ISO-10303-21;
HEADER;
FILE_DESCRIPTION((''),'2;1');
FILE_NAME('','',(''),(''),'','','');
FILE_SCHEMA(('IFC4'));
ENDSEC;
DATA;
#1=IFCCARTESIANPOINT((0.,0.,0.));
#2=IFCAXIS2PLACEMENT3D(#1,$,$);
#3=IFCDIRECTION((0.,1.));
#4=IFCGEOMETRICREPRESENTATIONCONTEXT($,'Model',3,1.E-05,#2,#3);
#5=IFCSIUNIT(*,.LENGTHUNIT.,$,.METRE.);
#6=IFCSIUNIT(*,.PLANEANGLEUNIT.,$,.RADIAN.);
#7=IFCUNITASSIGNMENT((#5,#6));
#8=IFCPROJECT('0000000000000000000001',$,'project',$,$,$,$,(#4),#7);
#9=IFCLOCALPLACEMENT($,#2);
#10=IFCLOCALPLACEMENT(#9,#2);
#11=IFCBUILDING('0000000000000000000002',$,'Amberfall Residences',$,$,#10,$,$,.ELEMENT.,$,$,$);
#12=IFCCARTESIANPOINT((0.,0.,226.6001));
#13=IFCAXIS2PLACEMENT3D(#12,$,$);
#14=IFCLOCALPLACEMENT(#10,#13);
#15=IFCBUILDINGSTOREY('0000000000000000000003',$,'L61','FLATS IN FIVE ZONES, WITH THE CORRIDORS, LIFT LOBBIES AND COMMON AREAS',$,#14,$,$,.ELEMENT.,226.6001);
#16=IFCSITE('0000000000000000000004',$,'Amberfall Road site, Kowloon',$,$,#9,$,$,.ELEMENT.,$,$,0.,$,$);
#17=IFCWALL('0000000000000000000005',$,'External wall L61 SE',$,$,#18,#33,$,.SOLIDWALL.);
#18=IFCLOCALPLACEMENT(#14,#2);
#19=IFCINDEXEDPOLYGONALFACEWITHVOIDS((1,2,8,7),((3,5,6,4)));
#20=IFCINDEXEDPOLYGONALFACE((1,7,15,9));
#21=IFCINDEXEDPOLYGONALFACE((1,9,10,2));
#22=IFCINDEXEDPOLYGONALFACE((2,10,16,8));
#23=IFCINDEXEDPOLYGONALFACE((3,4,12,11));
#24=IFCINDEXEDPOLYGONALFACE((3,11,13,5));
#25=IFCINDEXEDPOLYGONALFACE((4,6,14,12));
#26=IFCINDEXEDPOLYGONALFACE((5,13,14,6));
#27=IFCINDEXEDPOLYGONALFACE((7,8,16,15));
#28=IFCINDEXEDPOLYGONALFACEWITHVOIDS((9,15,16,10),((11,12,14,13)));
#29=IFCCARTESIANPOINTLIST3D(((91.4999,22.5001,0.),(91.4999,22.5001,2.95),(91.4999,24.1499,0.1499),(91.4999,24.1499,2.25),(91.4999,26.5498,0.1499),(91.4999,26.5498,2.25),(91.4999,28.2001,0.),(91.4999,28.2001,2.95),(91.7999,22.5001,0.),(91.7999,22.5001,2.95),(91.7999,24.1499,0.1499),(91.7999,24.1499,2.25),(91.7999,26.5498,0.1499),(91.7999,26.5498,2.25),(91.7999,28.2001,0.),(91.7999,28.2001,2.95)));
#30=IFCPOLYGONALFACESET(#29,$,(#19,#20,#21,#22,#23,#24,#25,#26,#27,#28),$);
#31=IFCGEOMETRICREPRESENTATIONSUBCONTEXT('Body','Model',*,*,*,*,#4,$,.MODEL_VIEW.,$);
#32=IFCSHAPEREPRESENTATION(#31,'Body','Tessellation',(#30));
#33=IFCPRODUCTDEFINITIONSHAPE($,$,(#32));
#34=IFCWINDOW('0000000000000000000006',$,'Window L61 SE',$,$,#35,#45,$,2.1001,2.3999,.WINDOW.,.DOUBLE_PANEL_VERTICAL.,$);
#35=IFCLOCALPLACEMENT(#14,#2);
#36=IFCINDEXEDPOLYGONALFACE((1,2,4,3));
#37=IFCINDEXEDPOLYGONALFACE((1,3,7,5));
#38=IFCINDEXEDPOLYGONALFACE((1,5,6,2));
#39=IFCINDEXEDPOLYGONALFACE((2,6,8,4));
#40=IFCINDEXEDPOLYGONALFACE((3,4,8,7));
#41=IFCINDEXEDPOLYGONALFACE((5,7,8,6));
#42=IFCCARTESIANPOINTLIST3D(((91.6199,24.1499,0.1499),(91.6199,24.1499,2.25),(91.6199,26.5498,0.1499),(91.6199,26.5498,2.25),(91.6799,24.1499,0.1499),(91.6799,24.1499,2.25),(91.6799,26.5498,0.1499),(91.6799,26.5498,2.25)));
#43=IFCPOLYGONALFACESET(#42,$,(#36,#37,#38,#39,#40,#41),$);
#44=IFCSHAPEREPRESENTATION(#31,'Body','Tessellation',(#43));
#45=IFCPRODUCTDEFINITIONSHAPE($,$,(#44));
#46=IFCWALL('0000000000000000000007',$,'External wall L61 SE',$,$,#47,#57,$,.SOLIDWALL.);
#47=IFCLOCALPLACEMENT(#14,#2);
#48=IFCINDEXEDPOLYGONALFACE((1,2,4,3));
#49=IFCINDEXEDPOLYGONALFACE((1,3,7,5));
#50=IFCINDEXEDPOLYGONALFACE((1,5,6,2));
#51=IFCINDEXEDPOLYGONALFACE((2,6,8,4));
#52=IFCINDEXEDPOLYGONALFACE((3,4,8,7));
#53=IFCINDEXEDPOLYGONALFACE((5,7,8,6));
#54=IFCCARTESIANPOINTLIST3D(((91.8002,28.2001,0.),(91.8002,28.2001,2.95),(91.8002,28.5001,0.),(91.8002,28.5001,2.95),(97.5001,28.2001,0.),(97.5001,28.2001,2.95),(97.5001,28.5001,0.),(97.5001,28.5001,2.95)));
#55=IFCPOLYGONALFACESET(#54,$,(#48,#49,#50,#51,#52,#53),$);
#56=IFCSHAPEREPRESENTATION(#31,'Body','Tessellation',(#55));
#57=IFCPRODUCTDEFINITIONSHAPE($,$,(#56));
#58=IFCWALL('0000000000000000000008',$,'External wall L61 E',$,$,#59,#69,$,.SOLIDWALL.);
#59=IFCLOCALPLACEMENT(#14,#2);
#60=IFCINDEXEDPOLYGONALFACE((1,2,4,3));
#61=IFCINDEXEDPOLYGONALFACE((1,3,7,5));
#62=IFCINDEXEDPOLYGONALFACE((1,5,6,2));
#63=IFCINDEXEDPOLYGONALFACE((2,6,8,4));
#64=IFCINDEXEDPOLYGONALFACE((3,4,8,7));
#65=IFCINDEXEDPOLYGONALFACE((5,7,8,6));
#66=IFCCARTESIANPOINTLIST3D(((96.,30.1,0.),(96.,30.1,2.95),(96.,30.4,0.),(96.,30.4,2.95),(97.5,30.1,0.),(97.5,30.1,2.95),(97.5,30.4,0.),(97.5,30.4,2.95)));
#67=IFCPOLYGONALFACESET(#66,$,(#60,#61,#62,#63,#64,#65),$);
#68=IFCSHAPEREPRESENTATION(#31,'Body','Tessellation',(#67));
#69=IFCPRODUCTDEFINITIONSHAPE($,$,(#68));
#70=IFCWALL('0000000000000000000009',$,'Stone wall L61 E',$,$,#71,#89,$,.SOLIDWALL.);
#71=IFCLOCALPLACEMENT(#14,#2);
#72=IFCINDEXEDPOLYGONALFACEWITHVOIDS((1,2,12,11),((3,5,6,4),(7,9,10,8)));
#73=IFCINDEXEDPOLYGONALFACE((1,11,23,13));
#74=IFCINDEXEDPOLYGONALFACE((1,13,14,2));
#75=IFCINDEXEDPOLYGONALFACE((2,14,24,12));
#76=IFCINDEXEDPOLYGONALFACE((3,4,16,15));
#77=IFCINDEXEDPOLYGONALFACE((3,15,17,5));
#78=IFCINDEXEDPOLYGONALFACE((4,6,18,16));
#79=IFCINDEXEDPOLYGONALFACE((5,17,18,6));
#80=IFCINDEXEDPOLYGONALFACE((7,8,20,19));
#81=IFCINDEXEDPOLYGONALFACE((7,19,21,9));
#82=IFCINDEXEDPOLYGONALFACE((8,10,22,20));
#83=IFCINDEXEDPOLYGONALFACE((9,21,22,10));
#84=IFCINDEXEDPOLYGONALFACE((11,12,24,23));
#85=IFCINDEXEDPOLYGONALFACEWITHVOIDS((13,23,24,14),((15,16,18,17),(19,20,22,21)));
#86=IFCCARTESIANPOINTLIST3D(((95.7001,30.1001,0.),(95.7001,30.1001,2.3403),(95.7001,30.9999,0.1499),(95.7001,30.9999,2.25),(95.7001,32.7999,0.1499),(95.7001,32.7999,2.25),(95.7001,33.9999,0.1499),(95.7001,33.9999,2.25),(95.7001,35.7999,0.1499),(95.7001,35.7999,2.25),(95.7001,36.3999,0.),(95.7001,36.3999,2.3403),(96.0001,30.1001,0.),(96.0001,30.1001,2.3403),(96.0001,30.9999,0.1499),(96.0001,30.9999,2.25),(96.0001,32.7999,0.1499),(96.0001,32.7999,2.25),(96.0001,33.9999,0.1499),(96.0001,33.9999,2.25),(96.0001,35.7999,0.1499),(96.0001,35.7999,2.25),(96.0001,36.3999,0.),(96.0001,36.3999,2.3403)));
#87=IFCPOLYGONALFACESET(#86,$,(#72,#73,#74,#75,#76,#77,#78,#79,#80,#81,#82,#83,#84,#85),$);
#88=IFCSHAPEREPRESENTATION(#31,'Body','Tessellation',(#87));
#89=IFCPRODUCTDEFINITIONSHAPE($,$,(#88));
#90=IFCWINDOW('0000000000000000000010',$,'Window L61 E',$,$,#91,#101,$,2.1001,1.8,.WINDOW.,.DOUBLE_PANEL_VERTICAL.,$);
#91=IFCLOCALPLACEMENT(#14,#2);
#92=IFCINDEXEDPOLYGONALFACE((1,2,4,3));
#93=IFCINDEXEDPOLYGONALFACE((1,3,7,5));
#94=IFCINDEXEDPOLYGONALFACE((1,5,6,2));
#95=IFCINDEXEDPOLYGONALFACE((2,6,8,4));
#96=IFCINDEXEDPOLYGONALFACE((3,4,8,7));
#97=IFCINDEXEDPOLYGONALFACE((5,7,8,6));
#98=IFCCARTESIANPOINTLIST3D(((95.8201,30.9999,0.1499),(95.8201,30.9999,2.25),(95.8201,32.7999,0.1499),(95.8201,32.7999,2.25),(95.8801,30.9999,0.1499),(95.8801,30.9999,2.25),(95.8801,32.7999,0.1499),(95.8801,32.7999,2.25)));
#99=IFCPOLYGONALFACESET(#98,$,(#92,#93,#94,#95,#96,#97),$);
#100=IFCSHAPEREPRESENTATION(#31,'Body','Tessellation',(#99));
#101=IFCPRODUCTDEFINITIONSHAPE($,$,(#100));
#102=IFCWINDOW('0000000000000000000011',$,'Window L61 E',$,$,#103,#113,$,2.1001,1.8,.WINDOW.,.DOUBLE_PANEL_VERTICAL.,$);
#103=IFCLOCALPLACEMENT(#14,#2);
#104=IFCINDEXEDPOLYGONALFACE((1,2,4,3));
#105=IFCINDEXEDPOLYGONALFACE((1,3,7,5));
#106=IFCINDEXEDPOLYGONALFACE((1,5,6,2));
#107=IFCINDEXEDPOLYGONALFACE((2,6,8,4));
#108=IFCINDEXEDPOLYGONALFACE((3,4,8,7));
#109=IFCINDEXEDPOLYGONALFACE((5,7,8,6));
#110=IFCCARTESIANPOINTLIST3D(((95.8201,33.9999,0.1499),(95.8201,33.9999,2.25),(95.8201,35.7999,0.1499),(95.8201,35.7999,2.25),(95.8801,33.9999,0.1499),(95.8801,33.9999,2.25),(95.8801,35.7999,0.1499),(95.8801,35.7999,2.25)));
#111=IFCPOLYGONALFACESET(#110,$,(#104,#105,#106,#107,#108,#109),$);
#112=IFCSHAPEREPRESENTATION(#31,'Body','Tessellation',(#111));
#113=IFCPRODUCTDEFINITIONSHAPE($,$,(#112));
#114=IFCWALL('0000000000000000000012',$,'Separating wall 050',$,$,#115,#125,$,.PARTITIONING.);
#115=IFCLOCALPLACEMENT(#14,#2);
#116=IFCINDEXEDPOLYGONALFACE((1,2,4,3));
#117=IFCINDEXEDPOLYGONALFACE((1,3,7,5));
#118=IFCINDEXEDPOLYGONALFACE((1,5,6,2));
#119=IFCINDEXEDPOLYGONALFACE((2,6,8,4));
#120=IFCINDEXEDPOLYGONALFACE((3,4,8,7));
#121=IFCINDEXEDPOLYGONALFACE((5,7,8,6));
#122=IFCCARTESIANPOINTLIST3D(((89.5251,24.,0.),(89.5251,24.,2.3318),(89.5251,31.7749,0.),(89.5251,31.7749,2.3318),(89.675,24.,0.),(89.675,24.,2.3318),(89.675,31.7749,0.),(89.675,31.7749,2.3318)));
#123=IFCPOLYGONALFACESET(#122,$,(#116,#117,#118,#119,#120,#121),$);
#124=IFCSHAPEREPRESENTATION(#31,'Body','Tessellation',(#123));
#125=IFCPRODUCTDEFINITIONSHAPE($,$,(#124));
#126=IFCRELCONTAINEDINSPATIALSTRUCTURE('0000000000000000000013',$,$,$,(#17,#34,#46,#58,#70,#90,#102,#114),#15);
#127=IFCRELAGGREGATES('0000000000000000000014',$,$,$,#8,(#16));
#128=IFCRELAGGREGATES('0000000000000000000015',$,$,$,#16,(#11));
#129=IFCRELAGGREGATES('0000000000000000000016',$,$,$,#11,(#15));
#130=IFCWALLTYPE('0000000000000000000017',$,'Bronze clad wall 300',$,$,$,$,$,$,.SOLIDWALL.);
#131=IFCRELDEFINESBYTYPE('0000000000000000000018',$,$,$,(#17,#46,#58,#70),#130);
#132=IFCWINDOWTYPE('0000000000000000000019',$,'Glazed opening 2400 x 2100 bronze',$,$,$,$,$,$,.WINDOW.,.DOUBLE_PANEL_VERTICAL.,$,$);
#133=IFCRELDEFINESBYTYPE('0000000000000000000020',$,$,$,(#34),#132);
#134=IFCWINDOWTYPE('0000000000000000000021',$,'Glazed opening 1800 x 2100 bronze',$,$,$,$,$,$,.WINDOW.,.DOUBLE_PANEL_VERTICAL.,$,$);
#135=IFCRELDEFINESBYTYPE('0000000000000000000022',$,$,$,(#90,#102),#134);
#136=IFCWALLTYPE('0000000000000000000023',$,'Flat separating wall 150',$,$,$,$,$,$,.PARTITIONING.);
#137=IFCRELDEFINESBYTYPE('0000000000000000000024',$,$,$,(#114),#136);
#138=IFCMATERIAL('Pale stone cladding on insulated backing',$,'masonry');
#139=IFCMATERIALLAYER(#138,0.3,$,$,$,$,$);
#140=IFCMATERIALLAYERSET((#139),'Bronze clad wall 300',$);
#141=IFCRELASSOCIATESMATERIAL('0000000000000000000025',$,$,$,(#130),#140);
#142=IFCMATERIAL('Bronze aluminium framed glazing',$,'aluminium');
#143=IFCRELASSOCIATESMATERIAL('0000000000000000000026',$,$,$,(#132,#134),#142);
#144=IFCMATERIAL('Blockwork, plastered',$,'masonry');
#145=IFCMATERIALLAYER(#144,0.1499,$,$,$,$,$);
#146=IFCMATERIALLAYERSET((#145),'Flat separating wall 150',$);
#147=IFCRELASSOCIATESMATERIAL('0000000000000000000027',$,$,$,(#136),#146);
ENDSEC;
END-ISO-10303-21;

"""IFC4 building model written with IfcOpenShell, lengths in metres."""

from ifc_helpers import new_model, si_unit, direction, frame, frame_2d, origin, place, context, subcontext, project, spatial, rectangle, extrude, material, layer, layer_set, type_object, element, fill, save


model = new_model("IFC4")

# Units and contexts
model_context = context("Model", 3, precision=1e-05, world=origin(), true_north=direction((0.0, 1.0)))
body_context = subcontext(model_context, "Body", "Model", "MODEL_VIEW")
ifc_project = project(units=[si_unit("LENGTHUNIT", "METRE"), si_unit("PLANEANGLEUNIT", "RADIAN")], contexts=[model_context])

# Site, building, storey
site_placement = place(None, origin())
site = spatial("IfcSite", under=ifc_project, at=site_placement, Name="Amberfall Road site, Kowloon", CompositionType="ELEMENT", RefElevation=0.0)
building_placement = place(site_placement, origin())
building = spatial("IfcBuilding", under=site, at=building_placement, Name="Amberfall Residences", CompositionType="ELEMENT")
storey_placement = place(building_placement, frame((0.0, 0.0, 226.6001)))
storey = spatial("IfcBuildingStorey", under=building, at=storey_placement, Name="L61", Description="FLATS IN FIVE ZONES, WITH THE CORRIDORS, LIFT LOBBIES AND COMMON AREAS", CompositionType="ELEMENT", Elevation=226.6001)

# Shared definitions
ifc_material_1 = material(Name="Pale stone cladding on insulated backing", Category="masonry")
ifc_layer_1 = layer(ifc_material_1, 0.3)
ifc_layer_set_1 = layer_set([ifc_layer_1], Name="Bronze clad wall 300")
wall_type_1 = type_object("IfcWallType", Name="Bronze clad wall 300", PredefinedType="SOLIDWALL", material=ifc_layer_set_1)

# Wall, opening, window
wall_1_placement = place(storey_placement, frame((91.6499, 22.5, 0.0), z_axis=(0.0, 0.0, 1.0), x_axis=(0.0, 1.0, 0.0)))
wall_1 = element("IfcWall", 1, at=wall_1_placement, inside=storey, type_object=wall_type_1, Name="External wall L61 SE", PredefinedType="SOLIDWALL", context=body_context, shape_type="SweptSolid", body=[
    extrude(rectangle(XDim=5.7, YDim=0.3, at=frame_2d((2.8501, 0.0))), origin(), (0.0, 0.0, 1.0), 2.95),
])
opening_1_placement = place(wall_1_placement, frame((1.6499, 0.0, 0.1499)))
opening_1 = element("IfcOpeningElement", 2, at=opening_1_placement, cuts=wall_1, PredefinedType="OPENING", context=body_context, shape_type="SweptSolid", body=[
    extrude(rectangle(XDim=2.3999, YDim=2.1001, at=frame_2d((1.2, 1.05))), frame((0.0, 0.1599, 0.0), z_axis=(0.0, -1.0, 0.0), x_axis=(1.0, 0.0, 0.0)), (0.0, 0.0, 1.0), 0.3201),
])
ifc_material_2 = material(Name="Bronze aluminium framed glazing", Category="aluminium")
window_type_1 = type_object("IfcWindowType", Name="Glazed opening 2400 x 2100 bronze", PartitioningType="DOUBLE_PANEL_VERTICAL", PredefinedType="WINDOW", material=ifc_material_2)
window_1_placement = place(opening_1_placement, origin())
window_1 = element("IfcWindow", 3, at=window_1_placement, inside=storey, type_object=window_type_1, Name="Window L61 SE", OverallHeight=2.1001, OverallWidth=2.3999, PartitioningType="DOUBLE_PANEL_VERTICAL", PredefinedType="WINDOW", context=body_context, shape_type="SweptSolid", body=[
    extrude(rectangle(XDim=2.3999, YDim=2.1001, at=frame_2d((1.2, 1.05))), frame((0.0, 0.03, 0.0), z_axis=(0.0, -1.0, 0.0), x_axis=(1.0, 0.0, 0.0)), (0.0, 0.0, 1.0), 0.0601),
])
fill(opening_1, window_1)

# Walls
wall_2_placement = place(storey_placement, frame((91.8, 28.3501, 0.0), z_axis=(0.0, 0.0, 1.0), x_axis=(1.0, 0.0, 0.0)))
element("IfcWall", 4, at=wall_2_placement, inside=storey, type_object=wall_type_1, Name="External wall L61 SE", PredefinedType="SOLIDWALL", context=body_context, shape_type="SweptSolid", body=[
    extrude(rectangle(XDim=5.7, YDim=0.3, at=frame_2d((2.8501, 0.0))), origin(), (0.0, 0.0, 1.0), 2.95),
])
wall_3_placement = place(storey_placement, frame((97.5, 30.25, 0.0), z_axis=(0.0, 0.0, 1.0), x_axis=(-1.0, 0.0, 0.0)))
element("IfcWall", 5, at=wall_3_placement, inside=storey, type_object=wall_type_1, Name="External wall L61 E", PredefinedType="SOLIDWALL", context=body_context, shape_type="SweptSolid", body=[
    extrude(rectangle(XDim=1.5, YDim=0.3, at=frame_2d((0.75, 0.0))), origin(), (0.0, 0.0, 1.0), 2.95),
])

# Wall, openings, windows
wall_4_placement = place(storey_placement, frame((95.8501, 30.1001, 0.0), z_axis=(0.0, 0.0, 1.0), x_axis=(0.0, 1.0, 0.0)))
wall_4 = element("IfcWall", 6, at=wall_4_placement, inside=storey, type_object=wall_type_1, Name="Stone wall L61 E", PredefinedType="SOLIDWALL", context=body_context, shape_type="SweptSolid", body=[
    extrude(rectangle(XDim=6.2998, YDim=0.3, at=frame_2d((3.1499, 0.0))), origin(), (0.0, 0.0, 1.0), 2.3403),
])
opening_2_placement = place(wall_4_placement, frame((0.8999, 0.0, 0.1499)))
opening_2 = element("IfcOpeningElement", 7, at=opening_2_placement, cuts=wall_4, PredefinedType="OPENING", context=body_context, shape_type="SweptSolid", body=[
    extrude(rectangle(XDim=1.8, YDim=2.1001, at=frame_2d((0.8999, 1.05))), frame((0.0, 0.1599, 0.0), z_axis=(0.0, -1.0, 0.0), x_axis=(1.0, 0.0, 0.0)), (0.0, 0.0, 1.0), 0.3201),
])
opening_3_placement = place(wall_4_placement, frame((3.8999, 0.0, 0.1499)))
opening_3 = element("IfcOpeningElement", 8, at=opening_3_placement, cuts=wall_4, PredefinedType="OPENING", context=body_context, shape_type="SweptSolid", body=[
    extrude(rectangle(XDim=1.8, YDim=2.1001, at=frame_2d((0.8999, 1.05))), frame((0.0, 0.1599, 0.0), z_axis=(0.0, -1.0, 0.0), x_axis=(1.0, 0.0, 0.0)), (0.0, 0.0, 1.0), 0.3201),
])
window_type_2 = type_object("IfcWindowType", Name="Glazed opening 1800 x 2100 bronze", PartitioningType="DOUBLE_PANEL_VERTICAL", PredefinedType="WINDOW", material=ifc_material_2)
window_2_placement = place(opening_2_placement, origin())
window_2 = element("IfcWindow", 9, at=window_2_placement, inside=storey, type_object=window_type_2, Name="Window L61 E", OverallHeight=2.1001, OverallWidth=1.8, PartitioningType="DOUBLE_PANEL_VERTICAL", PredefinedType="WINDOW", context=body_context, shape_type="SweptSolid", body=[
    extrude(rectangle(XDim=1.8, YDim=2.1001, at=frame_2d((0.8999, 1.05))), frame((0.0, 0.03, 0.0), z_axis=(0.0, -1.0, 0.0), x_axis=(1.0, 0.0, 0.0)), (0.0, 0.0, 1.0), 0.0601),
])
fill(opening_2, window_2)
window_3_placement = place(opening_3_placement, origin())
window_3 = element("IfcWindow", 10, at=window_3_placement, inside=storey, type_object=window_type_2, Name="Window L61 E", OverallHeight=2.1001, OverallWidth=1.8, PartitioningType="DOUBLE_PANEL_VERTICAL", PredefinedType="WINDOW", context=body_context, shape_type="SweptSolid", body=[
    extrude(rectangle(XDim=1.8, YDim=2.1001, at=frame_2d((0.8999, 1.05))), frame((0.0, 0.03, 0.0), z_axis=(0.0, -1.0, 0.0), x_axis=(1.0, 0.0, 0.0)), (0.0, 0.0, 1.0), 0.0601),
])
fill(opening_3, window_3)

# Wall
ifc_material_3 = material(Name="Blockwork, plastered", Category="masonry")
ifc_layer_2 = layer(ifc_material_3, 0.1499)
ifc_layer_set_2 = layer_set([ifc_layer_2], Name="Flat separating wall 150")
wall_type_2 = type_object("IfcWallType", Name="Flat separating wall 150", PredefinedType="PARTITIONING", material=ifc_layer_set_2)
wall_5_placement = place(storey_placement, frame((89.6001, 24.0, 0.0), z_axis=(0.0, 0.0, 1.0), x_axis=(0.0, 1.0, 0.0)))
element("IfcWall", 11, at=wall_5_placement, inside=storey, type_object=wall_type_2, Name="Separating wall 050", PredefinedType="PARTITIONING", context=body_context, shape_type="SweptSolid", body=[
    extrude(rectangle(XDim=7.7749, YDim=0.1499, at=frame_2d((3.8875, 0.0))), origin(), (0.0, 0.0, 1.0), 2.3318),
])

save(model, "model.ifc")
